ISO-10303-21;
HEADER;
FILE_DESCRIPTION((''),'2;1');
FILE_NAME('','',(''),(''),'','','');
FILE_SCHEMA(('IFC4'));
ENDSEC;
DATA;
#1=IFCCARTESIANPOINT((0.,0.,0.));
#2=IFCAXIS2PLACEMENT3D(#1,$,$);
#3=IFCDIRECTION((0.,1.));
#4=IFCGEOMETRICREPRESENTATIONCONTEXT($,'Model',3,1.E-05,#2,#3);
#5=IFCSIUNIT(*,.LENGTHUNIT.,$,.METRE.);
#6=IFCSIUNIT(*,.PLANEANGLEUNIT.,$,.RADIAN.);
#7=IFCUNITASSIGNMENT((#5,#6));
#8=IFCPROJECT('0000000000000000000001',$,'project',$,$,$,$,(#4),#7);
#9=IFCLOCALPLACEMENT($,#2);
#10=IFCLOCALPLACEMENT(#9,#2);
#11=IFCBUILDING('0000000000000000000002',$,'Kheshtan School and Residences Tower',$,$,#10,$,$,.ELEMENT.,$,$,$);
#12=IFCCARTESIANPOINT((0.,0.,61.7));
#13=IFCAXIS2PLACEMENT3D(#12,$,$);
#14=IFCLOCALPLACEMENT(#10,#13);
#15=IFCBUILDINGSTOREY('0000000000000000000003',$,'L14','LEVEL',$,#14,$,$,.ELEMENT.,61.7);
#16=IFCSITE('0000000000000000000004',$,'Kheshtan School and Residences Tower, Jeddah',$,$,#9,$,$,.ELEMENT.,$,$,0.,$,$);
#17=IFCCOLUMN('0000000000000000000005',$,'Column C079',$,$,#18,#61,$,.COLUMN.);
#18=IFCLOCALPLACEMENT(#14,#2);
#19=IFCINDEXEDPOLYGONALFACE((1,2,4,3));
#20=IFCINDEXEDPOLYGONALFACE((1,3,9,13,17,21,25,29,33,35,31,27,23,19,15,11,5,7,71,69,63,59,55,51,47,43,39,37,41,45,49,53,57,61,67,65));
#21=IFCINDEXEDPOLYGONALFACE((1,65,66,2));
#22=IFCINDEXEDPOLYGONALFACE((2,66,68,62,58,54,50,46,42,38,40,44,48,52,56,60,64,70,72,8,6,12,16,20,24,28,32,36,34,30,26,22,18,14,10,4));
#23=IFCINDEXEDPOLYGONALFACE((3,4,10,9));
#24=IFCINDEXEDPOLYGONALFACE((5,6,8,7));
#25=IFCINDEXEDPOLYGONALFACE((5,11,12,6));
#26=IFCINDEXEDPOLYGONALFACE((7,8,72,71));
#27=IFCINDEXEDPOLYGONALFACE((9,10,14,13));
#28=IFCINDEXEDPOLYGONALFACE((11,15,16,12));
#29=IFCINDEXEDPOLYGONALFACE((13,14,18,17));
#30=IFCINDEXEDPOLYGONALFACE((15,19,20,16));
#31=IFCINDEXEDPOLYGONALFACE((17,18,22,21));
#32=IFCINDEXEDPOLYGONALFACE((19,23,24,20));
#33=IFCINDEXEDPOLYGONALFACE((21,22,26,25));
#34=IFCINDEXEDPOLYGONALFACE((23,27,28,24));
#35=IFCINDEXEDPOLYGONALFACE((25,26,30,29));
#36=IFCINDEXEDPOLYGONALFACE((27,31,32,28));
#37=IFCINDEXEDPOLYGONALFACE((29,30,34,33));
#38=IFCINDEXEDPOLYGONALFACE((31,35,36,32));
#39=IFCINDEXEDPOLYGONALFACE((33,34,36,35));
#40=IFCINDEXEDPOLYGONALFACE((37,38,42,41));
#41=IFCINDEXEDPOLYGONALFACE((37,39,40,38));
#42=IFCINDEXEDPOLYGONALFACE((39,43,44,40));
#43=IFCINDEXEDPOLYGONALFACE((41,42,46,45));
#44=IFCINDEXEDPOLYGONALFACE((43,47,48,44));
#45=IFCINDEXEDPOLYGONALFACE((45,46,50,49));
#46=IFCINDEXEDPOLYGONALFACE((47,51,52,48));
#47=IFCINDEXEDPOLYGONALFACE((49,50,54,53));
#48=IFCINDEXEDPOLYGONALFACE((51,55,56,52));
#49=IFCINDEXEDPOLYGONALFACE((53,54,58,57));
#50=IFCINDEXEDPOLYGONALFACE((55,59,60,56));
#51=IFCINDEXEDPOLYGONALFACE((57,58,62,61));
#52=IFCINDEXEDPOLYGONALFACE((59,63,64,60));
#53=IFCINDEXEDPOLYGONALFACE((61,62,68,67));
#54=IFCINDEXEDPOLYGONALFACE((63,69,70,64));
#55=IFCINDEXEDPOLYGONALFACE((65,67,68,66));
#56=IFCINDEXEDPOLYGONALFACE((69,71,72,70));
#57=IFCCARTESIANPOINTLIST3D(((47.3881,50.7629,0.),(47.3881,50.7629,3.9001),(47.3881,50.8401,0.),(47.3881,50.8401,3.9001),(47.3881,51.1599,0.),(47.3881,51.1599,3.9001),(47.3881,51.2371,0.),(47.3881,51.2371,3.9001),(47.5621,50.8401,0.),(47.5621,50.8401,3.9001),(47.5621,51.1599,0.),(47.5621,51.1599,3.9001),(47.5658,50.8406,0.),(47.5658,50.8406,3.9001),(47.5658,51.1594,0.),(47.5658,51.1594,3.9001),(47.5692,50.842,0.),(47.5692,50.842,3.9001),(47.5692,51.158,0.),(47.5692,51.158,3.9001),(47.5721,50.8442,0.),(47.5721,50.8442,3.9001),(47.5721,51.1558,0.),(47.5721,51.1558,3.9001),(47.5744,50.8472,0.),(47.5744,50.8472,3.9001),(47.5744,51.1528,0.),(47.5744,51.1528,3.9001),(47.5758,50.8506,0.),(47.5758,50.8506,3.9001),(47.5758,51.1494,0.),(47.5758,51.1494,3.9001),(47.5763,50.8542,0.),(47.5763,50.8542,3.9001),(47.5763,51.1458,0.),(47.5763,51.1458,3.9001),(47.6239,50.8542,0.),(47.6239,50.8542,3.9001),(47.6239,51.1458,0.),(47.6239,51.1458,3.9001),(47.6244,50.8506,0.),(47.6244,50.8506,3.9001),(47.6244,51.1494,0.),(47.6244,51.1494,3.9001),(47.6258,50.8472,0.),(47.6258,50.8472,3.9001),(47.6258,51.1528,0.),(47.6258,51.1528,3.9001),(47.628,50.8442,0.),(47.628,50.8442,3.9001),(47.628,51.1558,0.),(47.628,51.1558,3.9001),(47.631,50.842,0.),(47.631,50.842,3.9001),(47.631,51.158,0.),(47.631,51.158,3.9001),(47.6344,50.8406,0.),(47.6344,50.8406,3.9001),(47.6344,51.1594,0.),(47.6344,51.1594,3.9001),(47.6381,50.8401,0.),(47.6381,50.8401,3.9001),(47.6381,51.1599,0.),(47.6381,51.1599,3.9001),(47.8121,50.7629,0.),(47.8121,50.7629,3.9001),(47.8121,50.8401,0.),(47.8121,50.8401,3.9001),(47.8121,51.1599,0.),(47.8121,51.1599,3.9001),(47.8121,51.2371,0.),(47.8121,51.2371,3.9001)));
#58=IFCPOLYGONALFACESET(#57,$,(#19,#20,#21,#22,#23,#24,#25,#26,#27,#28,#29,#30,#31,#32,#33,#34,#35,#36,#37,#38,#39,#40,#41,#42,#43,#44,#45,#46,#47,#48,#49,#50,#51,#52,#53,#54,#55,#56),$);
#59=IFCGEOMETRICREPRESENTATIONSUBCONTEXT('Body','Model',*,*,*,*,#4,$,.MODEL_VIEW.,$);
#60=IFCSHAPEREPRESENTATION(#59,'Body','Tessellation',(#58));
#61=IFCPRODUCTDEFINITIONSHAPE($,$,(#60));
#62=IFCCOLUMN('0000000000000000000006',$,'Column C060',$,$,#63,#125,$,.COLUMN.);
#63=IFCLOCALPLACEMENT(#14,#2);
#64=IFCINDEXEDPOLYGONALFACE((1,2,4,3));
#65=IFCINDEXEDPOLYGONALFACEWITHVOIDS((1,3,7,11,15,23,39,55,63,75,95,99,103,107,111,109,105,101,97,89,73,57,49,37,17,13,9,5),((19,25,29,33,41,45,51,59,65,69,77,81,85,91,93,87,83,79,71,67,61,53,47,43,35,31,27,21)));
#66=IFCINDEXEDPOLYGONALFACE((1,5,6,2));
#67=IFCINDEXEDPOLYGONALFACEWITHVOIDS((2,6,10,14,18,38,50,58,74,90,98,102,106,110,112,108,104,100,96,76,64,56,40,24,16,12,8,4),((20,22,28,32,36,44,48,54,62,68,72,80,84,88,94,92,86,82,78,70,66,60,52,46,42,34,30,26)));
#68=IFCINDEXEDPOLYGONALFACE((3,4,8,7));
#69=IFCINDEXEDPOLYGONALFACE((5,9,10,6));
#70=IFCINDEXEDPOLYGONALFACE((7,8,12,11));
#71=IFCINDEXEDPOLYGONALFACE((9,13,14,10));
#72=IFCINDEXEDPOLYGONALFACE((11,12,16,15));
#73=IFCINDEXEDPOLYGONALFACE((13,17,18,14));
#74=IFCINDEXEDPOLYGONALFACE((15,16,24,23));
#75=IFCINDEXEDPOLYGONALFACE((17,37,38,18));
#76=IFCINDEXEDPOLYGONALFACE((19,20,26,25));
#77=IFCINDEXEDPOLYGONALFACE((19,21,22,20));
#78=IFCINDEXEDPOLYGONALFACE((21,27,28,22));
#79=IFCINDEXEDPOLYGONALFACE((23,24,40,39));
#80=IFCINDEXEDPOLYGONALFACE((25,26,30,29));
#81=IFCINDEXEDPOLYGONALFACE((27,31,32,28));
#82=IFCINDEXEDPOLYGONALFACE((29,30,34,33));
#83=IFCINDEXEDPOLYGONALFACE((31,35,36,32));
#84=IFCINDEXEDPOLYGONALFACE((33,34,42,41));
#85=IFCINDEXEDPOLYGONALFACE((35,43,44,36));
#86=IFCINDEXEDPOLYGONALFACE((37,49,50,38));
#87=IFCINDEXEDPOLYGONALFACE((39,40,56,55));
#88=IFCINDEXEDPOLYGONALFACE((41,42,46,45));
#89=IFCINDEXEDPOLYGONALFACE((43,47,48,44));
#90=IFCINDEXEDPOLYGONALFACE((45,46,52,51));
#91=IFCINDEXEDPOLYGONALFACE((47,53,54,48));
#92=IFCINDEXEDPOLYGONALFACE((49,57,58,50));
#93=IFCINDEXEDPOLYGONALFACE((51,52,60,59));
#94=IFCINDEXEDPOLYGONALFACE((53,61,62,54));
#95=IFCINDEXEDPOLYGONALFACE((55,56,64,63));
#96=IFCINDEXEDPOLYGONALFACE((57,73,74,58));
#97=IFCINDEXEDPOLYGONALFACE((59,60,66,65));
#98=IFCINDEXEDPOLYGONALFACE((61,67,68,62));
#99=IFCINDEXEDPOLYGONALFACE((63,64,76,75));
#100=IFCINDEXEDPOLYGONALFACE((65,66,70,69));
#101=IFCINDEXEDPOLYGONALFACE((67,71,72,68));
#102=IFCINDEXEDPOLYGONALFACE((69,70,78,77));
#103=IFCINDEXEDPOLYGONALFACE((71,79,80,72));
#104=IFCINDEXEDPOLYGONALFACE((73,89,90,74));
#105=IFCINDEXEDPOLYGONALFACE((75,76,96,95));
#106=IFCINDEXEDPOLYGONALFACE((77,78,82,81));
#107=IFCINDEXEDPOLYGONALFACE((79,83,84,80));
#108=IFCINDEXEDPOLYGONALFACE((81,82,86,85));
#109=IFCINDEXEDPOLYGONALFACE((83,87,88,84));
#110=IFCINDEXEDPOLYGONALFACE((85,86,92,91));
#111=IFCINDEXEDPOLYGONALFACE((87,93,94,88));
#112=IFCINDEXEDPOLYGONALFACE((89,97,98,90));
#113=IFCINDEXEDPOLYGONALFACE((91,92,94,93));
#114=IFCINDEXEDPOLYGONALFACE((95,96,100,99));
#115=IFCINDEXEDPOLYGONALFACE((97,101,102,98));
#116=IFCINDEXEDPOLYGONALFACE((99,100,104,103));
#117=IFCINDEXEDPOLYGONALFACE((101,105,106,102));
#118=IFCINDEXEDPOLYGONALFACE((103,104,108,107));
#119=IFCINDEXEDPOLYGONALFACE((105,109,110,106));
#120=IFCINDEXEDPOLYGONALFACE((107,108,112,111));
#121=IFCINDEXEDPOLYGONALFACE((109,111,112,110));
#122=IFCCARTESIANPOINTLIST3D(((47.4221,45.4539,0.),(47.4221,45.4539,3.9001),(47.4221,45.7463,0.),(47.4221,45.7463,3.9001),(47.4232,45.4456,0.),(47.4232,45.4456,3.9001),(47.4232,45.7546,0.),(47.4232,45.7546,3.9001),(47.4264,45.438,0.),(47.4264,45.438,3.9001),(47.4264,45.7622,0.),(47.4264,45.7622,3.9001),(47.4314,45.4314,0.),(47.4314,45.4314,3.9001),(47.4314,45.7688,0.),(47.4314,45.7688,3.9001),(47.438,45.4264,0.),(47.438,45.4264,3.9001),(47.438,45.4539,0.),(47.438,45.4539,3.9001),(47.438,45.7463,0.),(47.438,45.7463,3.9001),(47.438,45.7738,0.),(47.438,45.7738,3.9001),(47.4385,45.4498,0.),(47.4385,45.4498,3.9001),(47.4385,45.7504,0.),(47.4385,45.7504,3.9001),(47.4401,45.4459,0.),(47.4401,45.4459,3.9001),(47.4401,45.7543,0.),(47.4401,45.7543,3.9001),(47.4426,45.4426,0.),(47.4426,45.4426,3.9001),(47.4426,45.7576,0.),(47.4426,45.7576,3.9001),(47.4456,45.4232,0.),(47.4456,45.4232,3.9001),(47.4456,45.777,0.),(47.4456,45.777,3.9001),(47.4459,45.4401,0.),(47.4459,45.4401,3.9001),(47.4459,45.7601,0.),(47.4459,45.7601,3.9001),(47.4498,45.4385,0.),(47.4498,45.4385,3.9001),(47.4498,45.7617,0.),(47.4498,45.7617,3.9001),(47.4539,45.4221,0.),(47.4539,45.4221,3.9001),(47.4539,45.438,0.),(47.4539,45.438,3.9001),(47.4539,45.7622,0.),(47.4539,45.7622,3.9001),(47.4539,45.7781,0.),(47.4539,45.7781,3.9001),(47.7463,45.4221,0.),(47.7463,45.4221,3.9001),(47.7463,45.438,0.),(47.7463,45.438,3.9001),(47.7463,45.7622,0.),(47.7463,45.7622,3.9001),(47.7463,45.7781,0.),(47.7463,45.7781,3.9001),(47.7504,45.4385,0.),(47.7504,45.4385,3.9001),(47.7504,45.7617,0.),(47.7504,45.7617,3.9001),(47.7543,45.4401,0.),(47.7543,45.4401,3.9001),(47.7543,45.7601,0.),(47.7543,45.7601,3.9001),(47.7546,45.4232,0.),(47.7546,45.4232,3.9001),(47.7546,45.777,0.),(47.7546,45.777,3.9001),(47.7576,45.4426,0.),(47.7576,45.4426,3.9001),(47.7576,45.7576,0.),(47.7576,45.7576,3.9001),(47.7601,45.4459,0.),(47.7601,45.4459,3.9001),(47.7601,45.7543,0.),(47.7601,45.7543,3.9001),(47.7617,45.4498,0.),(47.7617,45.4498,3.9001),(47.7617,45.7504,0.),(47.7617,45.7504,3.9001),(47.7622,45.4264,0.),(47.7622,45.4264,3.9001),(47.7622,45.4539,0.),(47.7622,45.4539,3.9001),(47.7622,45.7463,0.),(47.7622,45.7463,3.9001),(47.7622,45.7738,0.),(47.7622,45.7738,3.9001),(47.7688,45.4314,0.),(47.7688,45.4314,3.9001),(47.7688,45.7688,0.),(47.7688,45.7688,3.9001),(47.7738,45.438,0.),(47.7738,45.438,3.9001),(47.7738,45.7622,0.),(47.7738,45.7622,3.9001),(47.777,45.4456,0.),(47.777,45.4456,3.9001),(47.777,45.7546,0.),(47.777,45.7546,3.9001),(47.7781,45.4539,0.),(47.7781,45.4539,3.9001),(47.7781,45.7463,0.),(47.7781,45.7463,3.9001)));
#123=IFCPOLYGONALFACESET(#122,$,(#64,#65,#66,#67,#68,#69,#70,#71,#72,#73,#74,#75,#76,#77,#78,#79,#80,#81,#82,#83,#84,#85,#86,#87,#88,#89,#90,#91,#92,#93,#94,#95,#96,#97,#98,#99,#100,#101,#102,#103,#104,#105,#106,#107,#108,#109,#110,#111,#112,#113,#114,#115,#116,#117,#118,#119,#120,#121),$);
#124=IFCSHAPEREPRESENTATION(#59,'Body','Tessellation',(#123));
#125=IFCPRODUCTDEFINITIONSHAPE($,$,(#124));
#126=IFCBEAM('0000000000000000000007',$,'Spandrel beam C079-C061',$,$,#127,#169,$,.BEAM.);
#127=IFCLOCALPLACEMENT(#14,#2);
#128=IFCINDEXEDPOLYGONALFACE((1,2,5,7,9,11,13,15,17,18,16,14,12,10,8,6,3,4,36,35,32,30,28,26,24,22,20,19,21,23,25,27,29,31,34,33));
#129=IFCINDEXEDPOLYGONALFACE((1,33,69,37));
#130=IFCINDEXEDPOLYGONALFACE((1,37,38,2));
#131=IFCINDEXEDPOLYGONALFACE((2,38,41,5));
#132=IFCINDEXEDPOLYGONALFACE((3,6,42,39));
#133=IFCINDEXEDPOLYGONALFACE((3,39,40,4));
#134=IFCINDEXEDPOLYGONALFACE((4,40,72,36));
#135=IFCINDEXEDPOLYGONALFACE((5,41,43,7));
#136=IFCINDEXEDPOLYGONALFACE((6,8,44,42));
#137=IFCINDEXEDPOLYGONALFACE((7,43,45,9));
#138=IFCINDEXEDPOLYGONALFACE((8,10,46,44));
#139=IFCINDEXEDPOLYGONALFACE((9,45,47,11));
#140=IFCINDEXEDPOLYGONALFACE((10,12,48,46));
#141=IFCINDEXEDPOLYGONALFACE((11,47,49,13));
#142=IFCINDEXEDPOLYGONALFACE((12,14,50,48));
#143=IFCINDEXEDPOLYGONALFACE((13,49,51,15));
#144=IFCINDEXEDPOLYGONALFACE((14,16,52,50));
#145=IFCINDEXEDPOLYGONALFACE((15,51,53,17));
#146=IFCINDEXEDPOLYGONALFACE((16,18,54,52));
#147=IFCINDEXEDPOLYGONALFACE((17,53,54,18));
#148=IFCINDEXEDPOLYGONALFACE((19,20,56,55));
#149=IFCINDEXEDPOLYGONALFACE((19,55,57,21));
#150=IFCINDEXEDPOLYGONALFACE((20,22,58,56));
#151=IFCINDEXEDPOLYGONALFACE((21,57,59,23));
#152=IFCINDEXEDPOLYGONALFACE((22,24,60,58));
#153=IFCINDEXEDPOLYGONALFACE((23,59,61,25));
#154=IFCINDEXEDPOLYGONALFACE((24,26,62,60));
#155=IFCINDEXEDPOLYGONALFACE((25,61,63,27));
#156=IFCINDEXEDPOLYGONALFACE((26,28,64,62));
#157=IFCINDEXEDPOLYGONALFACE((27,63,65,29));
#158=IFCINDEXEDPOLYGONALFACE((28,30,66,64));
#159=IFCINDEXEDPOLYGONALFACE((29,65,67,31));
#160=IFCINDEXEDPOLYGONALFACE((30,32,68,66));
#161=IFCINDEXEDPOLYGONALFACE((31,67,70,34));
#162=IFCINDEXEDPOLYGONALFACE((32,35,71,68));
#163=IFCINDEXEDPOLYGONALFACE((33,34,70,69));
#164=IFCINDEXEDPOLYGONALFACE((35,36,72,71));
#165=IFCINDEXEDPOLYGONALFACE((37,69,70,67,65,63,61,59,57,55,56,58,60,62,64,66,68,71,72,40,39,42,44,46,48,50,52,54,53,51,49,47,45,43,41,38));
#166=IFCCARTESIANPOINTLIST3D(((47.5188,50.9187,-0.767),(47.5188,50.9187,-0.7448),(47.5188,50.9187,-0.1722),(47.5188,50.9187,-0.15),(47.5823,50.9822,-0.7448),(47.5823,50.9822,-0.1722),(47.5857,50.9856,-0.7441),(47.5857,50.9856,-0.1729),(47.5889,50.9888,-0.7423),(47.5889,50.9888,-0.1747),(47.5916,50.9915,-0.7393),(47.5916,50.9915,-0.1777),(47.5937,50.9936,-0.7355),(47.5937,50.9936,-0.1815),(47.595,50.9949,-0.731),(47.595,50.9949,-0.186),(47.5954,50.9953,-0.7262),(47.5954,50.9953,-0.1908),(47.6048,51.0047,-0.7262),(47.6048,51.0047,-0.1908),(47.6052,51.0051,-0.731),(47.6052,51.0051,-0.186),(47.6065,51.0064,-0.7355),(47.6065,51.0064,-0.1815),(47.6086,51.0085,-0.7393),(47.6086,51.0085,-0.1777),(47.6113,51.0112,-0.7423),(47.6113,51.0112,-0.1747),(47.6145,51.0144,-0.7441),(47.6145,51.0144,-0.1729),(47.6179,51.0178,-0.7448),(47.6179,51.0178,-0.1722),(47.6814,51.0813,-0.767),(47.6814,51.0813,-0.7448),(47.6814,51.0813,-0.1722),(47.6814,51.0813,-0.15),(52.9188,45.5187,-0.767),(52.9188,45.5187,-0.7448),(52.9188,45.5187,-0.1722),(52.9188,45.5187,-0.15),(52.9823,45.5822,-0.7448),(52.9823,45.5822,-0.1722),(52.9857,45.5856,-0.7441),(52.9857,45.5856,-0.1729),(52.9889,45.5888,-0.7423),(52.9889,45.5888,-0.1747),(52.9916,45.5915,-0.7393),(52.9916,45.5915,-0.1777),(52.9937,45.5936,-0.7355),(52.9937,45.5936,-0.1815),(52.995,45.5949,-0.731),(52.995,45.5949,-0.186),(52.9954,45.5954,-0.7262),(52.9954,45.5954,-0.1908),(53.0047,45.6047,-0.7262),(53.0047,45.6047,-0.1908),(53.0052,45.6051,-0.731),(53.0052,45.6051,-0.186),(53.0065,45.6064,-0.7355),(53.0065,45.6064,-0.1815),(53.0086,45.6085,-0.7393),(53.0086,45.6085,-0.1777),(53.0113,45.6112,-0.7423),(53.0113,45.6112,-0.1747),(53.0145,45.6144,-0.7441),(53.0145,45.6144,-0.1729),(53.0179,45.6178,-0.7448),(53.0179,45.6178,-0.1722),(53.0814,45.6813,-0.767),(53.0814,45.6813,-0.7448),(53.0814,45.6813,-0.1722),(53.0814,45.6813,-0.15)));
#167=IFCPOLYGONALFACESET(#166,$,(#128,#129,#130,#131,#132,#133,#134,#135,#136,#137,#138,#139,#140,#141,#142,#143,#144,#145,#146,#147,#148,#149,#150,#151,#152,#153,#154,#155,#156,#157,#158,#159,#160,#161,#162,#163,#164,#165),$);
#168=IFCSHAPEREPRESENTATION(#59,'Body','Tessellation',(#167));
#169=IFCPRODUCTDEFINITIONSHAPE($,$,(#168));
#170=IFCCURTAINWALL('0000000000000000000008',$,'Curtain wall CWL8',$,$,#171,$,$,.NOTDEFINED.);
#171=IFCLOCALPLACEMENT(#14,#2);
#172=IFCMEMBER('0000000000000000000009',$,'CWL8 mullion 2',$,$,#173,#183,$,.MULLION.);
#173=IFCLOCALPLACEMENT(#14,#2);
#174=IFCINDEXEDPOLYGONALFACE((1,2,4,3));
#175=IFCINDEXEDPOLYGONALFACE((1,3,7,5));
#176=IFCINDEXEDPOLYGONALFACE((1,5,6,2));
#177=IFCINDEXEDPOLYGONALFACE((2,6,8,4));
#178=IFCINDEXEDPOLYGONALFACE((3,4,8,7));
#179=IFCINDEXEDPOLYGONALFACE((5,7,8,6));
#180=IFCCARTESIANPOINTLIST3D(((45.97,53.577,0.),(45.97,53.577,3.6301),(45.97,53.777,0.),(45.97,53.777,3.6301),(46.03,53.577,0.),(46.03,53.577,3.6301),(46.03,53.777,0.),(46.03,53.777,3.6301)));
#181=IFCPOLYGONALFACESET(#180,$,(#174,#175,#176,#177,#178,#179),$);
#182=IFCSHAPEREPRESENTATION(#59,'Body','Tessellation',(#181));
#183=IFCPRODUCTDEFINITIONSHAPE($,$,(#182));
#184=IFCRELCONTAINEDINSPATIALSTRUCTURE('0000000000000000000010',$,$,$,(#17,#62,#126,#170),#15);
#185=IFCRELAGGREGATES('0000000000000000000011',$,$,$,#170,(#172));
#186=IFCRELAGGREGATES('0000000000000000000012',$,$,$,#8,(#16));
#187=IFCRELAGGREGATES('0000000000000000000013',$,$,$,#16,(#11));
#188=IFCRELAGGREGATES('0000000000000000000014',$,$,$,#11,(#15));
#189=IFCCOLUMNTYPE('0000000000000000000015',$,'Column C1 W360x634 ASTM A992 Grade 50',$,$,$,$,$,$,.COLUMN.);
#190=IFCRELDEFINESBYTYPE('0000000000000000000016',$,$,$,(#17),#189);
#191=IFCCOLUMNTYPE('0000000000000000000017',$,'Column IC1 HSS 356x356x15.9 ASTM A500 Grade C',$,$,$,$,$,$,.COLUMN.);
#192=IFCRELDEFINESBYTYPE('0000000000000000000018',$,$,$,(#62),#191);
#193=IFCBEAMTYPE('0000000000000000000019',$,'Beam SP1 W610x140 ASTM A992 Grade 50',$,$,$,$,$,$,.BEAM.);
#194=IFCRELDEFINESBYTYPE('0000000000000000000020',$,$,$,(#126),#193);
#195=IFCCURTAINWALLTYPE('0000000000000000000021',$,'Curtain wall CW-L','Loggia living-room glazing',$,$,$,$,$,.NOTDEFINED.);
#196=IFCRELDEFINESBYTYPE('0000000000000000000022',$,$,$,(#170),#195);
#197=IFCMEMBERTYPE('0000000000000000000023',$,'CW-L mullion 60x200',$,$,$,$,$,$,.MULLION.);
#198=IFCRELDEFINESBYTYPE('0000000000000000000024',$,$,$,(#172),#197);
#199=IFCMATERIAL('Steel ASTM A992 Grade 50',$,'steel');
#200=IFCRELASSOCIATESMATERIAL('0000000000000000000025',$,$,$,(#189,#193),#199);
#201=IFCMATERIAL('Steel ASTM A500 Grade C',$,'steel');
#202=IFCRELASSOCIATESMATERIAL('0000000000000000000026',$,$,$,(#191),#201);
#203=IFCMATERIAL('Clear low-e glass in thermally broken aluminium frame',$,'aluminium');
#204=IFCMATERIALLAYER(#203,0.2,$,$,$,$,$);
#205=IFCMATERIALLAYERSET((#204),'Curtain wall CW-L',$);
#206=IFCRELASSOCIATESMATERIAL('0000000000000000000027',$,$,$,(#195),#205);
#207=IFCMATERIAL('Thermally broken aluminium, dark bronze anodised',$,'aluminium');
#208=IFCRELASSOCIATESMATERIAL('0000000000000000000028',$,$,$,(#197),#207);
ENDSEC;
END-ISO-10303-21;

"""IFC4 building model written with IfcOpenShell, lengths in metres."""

from ifc_helpers import new_model, si_unit, direction, frame, origin, origin_2d, place, context, subcontext, project, spatial, rectangle, hollow_rectangle, i_section, extrude, material, layer, layer_set, material_profile, profile_set, type_object, element, aggregate, save


model = new_model("IFC4")

# Units and contexts
model_context = context("Model", 3, precision=1e-05, world=origin(), true_north=direction((0.0, 1.0)))
body_context = subcontext(model_context, "Body", "Model", "MODEL_VIEW")
ifc_project = project(units=[si_unit("LENGTHUNIT", "METRE"), si_unit("PLANEANGLEUNIT", "RADIAN")], contexts=[model_context])

# Site, building, storey
site_placement = place(None, origin())
site = spatial("IfcSite", under=ifc_project, at=site_placement, Name="Kheshtan School and Residences Tower, Jeddah", CompositionType="ELEMENT", RefElevation=0.0)
building_placement = place(site_placement, origin())
building = spatial("IfcBuilding", under=site, at=building_placement, Name="Kheshtan School and Residences Tower", CompositionType="ELEMENT")
storey_placement = place(building_placement, frame((0.0, 0.0, 61.7)))
storey = spatial("IfcBuildingStorey", under=building, at=storey_placement, Name="L14", Description="LEVEL", CompositionType="ELEMENT", Elevation=61.7)

# Columns
ifc_material_1 = material(Name="Steel ASTM A992 Grade 50", Category="steel")
ifc_material_profile_1 = material_profile(ifc_material_1, i_section(OverallWidth=0.4241, OverallDepth=0.4741, WebThickness=0.0476, FlangeThickness=0.0771, FilletRadius=0.0142, at=origin_2d()), Name="W360x634")
ifc_profile_set_1 = profile_set([ifc_material_profile_1], Name="Steel ASTM A992 Grade 50")
column_type_1 = type_object("IfcColumnType", Name="Column C1 W360x634 ASTM A992 Grade 50", PredefinedType="COLUMN", material=ifc_profile_set_1)
column_1_placement = place(storey_placement, frame((47.6001, 51.0, 0.0), z_axis=(0.0, 0.0, 1.0), x_axis=(1.0, 0.0, 0.0)))
element("IfcColumn", 1, at=column_1_placement, inside=storey, type_object=column_type_1, Name="Column C079", PredefinedType="COLUMN", context=body_context, shape_type="SweptSolid", body=[
    extrude(i_section(OverallWidth=0.4241, OverallDepth=0.4741, WebThickness=0.0476, FlangeThickness=0.0771, FilletRadius=0.0142, at=origin_2d()), origin(), (0.0, 0.0, 1.0), 3.9001),
])
ifc_material_2 = material(Name="Steel ASTM A500 Grade C", Category="steel")
ifc_material_profile_2 = material_profile(ifc_material_2, hollow_rectangle(XDim=0.356, YDim=0.356, WallThickness=0.0159, InnerFilletRadius=0.0159, OuterFilletRadius=0.0317, at=origin_2d()), Name="HSS 356x356x15.9")
ifc_profile_set_2 = profile_set([ifc_material_profile_2], Name="Steel ASTM A500 Grade C")
column_type_2 = type_object("IfcColumnType", Name="Column IC1 HSS 356x356x15.9 ASTM A500 Grade C", PredefinedType="COLUMN", material=ifc_profile_set_2)
column_2_placement = place(storey_placement, frame((47.6001, 45.6001, 0.0), z_axis=(0.0, 0.0, 1.0), x_axis=(1.0, 0.0, 0.0)))
element("IfcColumn", 2, at=column_2_placement, inside=storey, type_object=column_type_2, Name="Column C060", PredefinedType="COLUMN", context=body_context, shape_type="SweptSolid", body=[
    extrude(hollow_rectangle(XDim=0.356, YDim=0.356, WallThickness=0.0159, InnerFilletRadius=0.0159, OuterFilletRadius=0.0317, at=origin_2d()), origin(), (0.0, 0.0, 1.0), 3.9001),
])

# Beam
ifc_material_profile_3 = material_profile(ifc_material_1, i_section(OverallWidth=0.23, OverallDepth=0.6169, WebThickness=0.0132, FlangeThickness=0.0222, FilletRadius=0.0186, at=origin_2d()), Name="W610x140")
ifc_profile_set_3 = profile_set([ifc_material_profile_3], Name="Steel ASTM A992 Grade 50")
beam_type = type_object("IfcBeamType", Name="Beam SP1 W610x140 ASTM A992 Grade 50", PredefinedType="BEAM", material=ifc_profile_set_3)
beam_placement = place(storey_placement, frame((47.6001, 51.0, -0.4585), z_axis=(0.707107, -0.707107, 0.0), x_axis=(0.707107, 0.707107, 0.0)))
element("IfcBeam", 3, at=beam_placement, inside=storey, type_object=beam_type, Name="Spandrel beam C079-C061", PredefinedType="BEAM", context=body_context, shape_type="SweptSolid", body=[
    extrude(i_section(OverallWidth=0.23, OverallDepth=0.6169, WebThickness=0.0132, FlangeThickness=0.0222, FilletRadius=0.0186, at=origin_2d()), origin(), (0.0, 0.0, 1.0), 7.6367),
])

# Curtain wall, member
ifc_material_3 = material(Name="Clear low-e glass in thermally broken aluminium frame", Category="aluminium")
ifc_layer_1 = layer(ifc_material_3, 0.2)
ifc_layer_set_1 = layer_set([ifc_layer_1], Name="Curtain wall CW-L")
curtain_wall_type = type_object("IfcCurtainWallType", Name="Curtain wall CW-L", Description="Loggia living-room glazing", PredefinedType="NOTDEFINED", material=ifc_layer_set_1)
curtain_wall_placement = place(storey_placement, origin())
curtain_wall = element("IfcCurtainWall", 4, at=curtain_wall_placement, inside=storey, type_object=curtain_wall_type, Name="Curtain wall CWL8", PredefinedType="NOTDEFINED")
ifc_material_4 = material(Name="Thermally broken aluminium, dark bronze anodised", Category="aluminium")
ifc_material_profile_4 = material_profile(ifc_material_4, rectangle(XDim=0.0601, YDim=0.2, at=origin_2d()), Name="CW-L mullion 60x200")
ifc_profile_set_4 = profile_set([ifc_material_profile_4], Name="Thermally broken aluminium, dark bronze anodised")
member_type = type_object("IfcMemberType", Name="CW-L mullion 60x200", PredefinedType="MULLION", material=ifc_profile_set_4)
member_1_placement = place(storey_placement, frame((46.0, 53.677, 0.0), z_axis=(0.0, 0.0, 1.0), x_axis=(1.0, 0.0, 0.0)))
member_1 = element("IfcMember", 5, at=member_1_placement, type_object=member_type, Name="CWL8 mullion 2", PredefinedType="MULLION", context=body_context, shape_type="SweptSolid", body=[
    extrude(rectangle(XDim=0.0601, YDim=0.2, at=origin_2d()), origin(), (0.0, 0.0, 1.0), 3.6301),
])
aggregate(curtain_wall, [member_1])

save(model, "model.ifc")
